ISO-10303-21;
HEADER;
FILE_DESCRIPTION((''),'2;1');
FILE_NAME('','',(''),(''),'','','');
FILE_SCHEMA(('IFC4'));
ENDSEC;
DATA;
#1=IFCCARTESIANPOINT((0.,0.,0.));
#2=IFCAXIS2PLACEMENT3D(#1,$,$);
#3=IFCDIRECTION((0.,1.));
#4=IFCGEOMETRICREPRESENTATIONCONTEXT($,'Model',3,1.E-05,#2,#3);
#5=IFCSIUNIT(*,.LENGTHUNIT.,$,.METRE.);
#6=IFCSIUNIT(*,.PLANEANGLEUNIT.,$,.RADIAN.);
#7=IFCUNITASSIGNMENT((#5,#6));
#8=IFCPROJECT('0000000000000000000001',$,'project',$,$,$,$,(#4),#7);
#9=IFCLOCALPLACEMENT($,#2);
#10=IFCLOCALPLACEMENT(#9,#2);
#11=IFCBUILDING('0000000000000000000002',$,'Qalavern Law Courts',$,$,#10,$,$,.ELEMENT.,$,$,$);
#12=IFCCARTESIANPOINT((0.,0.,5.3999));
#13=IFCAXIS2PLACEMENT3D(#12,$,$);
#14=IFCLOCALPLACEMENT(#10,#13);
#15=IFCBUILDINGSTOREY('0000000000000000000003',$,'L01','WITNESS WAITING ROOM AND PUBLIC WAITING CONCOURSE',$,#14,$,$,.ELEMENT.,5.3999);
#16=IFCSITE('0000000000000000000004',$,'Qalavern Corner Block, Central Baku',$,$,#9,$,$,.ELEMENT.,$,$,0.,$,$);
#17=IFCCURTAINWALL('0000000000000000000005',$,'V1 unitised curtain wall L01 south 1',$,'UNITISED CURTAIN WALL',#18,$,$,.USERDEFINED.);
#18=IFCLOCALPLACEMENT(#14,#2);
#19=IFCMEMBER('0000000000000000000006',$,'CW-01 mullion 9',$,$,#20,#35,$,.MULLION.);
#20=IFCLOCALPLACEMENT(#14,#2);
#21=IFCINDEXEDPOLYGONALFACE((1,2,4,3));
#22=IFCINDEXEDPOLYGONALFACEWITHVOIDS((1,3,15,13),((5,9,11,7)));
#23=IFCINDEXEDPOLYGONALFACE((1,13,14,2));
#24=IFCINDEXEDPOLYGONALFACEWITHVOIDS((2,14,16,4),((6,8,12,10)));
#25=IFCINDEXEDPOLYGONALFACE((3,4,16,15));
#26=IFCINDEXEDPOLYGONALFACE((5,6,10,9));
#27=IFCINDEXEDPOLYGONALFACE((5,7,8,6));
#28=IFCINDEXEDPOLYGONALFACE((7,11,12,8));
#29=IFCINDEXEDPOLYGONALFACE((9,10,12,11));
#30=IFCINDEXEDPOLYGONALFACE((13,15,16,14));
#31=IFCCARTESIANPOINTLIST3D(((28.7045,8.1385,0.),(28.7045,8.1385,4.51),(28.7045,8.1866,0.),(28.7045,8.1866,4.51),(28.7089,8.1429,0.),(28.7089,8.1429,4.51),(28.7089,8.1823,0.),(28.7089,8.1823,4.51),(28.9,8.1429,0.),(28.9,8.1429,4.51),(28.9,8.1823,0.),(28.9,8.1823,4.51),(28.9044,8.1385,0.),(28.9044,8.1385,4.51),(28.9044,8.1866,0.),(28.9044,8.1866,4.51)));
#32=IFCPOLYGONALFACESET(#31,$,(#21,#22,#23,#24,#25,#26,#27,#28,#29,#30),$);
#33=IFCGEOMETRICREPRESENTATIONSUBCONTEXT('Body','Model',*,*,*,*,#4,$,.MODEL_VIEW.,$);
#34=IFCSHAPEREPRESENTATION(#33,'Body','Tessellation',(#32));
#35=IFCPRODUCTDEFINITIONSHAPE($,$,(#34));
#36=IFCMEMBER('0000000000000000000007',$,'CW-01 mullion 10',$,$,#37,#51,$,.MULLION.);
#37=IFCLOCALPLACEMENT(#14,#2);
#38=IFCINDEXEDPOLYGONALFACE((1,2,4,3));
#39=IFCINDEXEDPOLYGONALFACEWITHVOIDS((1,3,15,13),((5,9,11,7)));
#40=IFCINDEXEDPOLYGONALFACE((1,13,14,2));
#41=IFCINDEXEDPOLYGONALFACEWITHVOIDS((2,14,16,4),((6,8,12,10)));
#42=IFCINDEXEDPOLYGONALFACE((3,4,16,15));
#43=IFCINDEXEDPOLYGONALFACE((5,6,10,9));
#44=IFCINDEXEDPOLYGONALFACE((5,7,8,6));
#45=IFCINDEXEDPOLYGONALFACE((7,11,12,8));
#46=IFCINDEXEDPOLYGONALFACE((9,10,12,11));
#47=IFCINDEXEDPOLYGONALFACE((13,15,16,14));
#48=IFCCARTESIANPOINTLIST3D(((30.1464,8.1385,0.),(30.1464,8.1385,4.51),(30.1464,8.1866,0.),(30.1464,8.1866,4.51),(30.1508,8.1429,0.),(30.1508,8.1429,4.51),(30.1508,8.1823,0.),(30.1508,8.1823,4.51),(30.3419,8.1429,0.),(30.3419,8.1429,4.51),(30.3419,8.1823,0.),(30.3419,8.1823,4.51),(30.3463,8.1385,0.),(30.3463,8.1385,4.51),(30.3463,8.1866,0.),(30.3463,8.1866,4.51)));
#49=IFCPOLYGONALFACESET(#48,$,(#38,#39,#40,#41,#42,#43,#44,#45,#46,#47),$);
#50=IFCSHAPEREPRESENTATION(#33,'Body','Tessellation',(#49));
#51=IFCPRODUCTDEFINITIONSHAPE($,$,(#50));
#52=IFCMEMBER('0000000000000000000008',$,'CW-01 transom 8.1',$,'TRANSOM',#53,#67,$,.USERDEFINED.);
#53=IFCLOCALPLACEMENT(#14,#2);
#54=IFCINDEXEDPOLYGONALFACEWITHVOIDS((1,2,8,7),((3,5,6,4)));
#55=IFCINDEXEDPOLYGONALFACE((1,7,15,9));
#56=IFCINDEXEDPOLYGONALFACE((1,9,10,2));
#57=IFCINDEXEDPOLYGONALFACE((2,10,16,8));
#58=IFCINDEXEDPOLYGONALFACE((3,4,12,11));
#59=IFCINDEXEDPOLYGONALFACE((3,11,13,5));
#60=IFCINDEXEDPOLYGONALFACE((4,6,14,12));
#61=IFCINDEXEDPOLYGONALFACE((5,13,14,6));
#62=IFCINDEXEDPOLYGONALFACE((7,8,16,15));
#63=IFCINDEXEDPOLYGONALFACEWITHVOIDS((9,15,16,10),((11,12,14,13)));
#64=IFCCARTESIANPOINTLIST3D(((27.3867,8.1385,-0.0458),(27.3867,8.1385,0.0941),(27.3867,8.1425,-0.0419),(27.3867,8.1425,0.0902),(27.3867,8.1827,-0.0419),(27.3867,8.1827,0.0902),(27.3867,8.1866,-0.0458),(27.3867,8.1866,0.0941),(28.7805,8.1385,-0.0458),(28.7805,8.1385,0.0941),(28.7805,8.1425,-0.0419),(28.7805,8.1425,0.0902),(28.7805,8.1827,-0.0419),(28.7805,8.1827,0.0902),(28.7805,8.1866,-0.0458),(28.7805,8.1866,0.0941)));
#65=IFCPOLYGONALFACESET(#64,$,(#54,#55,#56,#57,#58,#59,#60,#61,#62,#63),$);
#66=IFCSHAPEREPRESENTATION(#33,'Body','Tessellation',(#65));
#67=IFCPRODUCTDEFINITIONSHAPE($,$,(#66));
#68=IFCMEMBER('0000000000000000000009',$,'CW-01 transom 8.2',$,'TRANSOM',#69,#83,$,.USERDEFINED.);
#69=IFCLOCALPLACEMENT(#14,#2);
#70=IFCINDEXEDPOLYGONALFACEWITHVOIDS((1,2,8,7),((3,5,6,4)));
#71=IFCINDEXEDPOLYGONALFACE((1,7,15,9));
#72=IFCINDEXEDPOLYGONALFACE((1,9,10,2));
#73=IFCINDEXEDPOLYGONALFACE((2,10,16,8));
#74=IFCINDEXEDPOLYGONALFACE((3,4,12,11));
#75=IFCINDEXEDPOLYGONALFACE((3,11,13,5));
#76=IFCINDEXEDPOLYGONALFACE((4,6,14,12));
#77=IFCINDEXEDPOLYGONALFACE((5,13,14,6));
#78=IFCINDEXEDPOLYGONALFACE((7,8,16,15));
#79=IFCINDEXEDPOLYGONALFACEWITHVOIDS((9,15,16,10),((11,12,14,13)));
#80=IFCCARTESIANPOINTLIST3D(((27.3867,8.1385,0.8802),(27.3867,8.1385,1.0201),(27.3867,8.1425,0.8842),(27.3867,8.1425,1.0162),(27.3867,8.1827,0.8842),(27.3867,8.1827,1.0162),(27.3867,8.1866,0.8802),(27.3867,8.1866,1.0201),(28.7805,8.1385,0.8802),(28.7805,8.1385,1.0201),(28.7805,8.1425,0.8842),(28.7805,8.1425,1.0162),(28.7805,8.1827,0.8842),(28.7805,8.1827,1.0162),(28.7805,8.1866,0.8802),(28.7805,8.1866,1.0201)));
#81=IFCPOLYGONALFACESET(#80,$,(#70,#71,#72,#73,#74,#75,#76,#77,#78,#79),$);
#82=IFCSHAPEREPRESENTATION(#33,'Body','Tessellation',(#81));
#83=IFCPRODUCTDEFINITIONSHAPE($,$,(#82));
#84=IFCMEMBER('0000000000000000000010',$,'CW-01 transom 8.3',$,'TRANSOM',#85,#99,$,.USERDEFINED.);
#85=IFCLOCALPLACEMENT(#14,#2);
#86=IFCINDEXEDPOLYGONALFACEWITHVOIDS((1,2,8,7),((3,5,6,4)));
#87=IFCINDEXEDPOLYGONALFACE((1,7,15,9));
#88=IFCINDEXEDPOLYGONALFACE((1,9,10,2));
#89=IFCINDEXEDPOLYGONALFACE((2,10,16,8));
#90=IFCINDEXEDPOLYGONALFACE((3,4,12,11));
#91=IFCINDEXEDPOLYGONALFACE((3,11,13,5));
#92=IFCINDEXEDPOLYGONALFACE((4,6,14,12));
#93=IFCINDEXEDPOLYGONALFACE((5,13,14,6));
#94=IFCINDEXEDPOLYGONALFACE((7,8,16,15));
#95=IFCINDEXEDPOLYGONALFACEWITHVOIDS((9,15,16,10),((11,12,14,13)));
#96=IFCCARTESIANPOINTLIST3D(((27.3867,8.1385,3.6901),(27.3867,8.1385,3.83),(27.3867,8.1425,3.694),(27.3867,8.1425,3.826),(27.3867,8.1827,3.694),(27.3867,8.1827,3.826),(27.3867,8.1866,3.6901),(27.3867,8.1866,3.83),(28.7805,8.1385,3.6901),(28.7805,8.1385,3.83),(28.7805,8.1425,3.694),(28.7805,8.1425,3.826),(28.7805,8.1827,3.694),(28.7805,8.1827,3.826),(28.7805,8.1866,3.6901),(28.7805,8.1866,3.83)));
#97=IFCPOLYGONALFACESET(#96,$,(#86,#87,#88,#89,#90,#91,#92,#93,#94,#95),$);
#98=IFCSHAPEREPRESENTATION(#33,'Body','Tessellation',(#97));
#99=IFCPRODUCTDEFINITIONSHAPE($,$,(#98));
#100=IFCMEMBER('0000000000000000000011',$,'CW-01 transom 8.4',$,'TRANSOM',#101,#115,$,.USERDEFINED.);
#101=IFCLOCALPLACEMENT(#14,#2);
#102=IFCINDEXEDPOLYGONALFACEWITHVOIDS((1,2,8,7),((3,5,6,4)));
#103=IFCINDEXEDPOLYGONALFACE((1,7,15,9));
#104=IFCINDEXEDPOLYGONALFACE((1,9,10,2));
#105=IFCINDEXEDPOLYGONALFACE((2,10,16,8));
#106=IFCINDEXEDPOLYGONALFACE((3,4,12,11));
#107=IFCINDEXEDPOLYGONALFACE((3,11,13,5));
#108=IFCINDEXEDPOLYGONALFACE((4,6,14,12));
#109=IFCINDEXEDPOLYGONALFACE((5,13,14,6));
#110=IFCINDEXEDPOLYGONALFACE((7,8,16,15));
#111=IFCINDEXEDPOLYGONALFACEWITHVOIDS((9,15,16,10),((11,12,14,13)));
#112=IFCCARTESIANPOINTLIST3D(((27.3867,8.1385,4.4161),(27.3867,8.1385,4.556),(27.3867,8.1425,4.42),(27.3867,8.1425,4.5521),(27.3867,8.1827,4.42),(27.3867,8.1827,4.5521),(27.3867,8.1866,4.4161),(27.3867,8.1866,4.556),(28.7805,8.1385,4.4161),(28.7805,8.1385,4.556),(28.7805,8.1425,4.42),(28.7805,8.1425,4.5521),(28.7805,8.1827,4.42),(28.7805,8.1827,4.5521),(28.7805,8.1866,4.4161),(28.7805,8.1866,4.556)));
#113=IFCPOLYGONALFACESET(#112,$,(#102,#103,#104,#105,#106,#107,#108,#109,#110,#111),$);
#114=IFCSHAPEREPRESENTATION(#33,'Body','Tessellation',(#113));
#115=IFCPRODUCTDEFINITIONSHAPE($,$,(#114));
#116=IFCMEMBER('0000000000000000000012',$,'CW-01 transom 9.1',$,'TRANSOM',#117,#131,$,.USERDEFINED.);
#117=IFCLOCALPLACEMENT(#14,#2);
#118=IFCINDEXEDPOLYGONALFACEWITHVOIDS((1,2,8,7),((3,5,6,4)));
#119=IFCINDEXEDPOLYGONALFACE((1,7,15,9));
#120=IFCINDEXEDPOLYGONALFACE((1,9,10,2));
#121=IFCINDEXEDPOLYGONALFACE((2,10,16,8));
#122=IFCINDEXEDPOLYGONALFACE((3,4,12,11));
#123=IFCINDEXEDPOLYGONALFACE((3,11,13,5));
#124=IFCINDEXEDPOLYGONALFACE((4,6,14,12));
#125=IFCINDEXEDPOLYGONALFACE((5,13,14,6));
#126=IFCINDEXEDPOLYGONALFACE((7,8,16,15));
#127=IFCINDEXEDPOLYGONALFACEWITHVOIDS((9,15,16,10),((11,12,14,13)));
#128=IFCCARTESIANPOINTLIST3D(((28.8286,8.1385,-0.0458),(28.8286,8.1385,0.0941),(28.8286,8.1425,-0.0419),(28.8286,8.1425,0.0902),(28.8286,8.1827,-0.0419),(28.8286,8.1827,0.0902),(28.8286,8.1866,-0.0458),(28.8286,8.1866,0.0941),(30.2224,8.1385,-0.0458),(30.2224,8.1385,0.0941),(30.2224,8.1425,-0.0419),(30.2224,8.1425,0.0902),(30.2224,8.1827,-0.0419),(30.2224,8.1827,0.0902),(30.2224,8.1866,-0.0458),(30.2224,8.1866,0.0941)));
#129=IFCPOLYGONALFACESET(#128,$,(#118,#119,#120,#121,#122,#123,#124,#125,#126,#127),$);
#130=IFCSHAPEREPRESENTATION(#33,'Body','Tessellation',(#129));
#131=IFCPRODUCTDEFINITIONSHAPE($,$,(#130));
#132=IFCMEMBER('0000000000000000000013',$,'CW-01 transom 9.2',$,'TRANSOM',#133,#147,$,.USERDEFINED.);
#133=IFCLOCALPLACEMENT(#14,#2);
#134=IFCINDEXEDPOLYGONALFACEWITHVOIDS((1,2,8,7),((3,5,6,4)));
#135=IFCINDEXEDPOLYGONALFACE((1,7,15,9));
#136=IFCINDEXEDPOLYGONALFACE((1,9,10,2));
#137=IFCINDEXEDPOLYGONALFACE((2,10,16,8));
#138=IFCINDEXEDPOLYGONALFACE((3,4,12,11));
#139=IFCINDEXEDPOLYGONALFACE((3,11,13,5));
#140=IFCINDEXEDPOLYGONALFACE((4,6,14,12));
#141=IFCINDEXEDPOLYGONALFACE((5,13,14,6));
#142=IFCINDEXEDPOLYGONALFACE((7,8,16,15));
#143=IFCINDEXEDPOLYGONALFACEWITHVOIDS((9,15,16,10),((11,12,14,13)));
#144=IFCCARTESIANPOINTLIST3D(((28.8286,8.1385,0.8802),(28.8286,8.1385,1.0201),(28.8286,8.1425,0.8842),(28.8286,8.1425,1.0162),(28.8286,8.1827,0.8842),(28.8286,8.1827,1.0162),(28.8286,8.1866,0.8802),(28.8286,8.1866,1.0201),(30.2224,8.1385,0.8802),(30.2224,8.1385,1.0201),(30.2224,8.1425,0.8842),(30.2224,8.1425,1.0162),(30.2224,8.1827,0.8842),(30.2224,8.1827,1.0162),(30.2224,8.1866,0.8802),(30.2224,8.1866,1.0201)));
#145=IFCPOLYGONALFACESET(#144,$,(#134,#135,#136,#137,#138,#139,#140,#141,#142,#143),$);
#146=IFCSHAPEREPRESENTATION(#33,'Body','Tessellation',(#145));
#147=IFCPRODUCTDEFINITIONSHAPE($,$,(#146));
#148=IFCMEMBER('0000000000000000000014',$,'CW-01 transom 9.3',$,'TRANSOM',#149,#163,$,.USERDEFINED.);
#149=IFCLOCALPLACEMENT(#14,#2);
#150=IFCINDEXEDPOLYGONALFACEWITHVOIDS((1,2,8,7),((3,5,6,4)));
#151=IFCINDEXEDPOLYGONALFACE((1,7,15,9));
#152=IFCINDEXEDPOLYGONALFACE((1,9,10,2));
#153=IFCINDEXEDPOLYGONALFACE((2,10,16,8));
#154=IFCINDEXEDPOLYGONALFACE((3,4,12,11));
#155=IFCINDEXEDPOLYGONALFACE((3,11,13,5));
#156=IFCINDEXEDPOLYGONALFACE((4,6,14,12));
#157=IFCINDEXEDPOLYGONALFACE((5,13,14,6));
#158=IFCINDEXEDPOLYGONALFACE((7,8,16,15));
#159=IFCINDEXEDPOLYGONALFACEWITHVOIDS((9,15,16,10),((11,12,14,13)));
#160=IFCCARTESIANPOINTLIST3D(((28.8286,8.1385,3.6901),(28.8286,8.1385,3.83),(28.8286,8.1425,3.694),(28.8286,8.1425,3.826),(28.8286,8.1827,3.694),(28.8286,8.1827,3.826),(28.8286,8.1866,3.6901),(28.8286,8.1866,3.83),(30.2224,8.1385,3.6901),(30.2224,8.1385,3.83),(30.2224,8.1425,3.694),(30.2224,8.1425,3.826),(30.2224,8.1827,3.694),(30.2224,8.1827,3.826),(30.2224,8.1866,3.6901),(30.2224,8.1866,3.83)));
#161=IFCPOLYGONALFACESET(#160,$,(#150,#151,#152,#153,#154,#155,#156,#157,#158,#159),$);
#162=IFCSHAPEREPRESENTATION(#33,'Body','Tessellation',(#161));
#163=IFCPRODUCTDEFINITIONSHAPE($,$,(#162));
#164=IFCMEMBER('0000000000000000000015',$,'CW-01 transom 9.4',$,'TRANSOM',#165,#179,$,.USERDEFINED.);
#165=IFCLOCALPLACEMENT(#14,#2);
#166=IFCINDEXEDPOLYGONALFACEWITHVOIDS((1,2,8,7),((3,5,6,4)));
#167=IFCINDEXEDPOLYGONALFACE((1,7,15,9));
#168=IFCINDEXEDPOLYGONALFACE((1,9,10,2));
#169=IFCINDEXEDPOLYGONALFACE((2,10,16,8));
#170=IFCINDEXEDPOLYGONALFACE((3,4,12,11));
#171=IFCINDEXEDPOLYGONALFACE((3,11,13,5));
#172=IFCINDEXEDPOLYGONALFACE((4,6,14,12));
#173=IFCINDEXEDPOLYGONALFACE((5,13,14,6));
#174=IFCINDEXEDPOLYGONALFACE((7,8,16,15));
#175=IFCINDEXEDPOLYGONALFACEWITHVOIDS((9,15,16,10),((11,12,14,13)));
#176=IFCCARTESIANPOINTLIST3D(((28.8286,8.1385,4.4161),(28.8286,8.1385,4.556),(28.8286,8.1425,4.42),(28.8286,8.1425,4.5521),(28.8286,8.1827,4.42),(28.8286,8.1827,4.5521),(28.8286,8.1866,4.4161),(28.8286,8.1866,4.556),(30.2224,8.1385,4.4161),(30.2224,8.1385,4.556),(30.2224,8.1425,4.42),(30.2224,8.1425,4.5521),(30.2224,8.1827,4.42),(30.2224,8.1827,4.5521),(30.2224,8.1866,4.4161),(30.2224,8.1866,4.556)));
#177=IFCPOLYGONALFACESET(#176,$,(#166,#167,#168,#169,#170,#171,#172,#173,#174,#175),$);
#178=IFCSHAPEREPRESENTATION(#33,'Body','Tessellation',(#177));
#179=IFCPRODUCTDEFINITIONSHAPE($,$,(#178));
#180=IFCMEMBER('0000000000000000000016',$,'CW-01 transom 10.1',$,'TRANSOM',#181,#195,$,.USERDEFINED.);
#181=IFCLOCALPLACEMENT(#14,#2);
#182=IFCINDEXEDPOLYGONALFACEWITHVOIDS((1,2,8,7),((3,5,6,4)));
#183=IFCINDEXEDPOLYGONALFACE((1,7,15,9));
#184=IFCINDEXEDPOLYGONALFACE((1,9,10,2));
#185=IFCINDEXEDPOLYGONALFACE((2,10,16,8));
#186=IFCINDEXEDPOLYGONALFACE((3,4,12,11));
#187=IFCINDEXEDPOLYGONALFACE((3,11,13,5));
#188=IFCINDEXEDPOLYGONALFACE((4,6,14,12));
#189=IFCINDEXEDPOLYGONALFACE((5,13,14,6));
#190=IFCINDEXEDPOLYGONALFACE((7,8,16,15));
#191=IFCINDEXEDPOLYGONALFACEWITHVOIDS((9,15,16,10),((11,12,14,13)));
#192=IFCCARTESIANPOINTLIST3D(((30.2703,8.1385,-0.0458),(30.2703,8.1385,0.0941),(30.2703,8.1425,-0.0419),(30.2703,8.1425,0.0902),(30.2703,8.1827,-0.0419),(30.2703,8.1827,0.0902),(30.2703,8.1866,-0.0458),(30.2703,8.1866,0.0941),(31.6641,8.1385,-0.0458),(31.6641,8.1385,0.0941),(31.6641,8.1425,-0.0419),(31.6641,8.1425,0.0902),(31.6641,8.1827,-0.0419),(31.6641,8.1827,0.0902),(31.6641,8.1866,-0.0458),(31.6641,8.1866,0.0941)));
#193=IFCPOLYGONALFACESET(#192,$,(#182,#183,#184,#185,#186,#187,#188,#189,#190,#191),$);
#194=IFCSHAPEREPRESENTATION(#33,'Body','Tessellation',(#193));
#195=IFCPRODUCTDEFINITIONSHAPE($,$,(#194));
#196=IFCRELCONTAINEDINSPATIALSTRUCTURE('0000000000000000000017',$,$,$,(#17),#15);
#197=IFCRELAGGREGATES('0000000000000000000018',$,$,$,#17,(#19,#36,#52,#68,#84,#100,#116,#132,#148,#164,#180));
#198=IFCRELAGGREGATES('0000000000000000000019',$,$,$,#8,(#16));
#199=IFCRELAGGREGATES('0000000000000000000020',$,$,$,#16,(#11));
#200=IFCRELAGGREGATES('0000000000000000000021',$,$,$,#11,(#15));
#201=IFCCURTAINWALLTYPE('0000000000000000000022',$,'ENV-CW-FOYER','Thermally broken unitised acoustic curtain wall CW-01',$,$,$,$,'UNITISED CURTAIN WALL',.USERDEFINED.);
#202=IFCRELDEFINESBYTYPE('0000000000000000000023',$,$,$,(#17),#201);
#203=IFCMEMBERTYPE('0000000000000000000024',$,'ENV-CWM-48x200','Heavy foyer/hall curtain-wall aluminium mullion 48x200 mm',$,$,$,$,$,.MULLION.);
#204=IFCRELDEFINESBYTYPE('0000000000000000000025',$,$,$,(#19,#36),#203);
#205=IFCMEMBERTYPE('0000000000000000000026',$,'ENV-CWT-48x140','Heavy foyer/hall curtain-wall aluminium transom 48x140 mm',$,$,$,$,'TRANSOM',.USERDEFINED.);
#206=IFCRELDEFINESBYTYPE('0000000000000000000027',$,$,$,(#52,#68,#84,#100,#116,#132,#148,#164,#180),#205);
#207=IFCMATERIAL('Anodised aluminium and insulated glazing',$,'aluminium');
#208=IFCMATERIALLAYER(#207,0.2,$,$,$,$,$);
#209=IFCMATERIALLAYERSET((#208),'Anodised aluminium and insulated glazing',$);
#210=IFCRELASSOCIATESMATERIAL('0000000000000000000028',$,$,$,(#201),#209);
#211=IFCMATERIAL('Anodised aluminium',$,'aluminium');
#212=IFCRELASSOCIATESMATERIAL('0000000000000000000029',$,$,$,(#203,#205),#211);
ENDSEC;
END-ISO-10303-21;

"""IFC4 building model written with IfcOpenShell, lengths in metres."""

from ifc_helpers import new_model, si_unit, direction, frame, origin, origin_2d, place, context, subcontext, project, spatial, hollow_rectangle, extrude, material, layer, layer_set, material_profile, profile_set, type_object, element, aggregate, save


model = new_model("IFC4")

# Units and contexts
model_context = context("Model", 3, precision=1e-05, world=origin(), true_north=direction((0.0, 1.0)))
body_context = subcontext(model_context, "Body", "Model", "MODEL_VIEW")
ifc_project = project(units=[si_unit("LENGTHUNIT", "METRE"), si_unit("PLANEANGLEUNIT", "RADIAN")], contexts=[model_context])

# Site, building, storey
site_placement = place(None, origin())
site = spatial("IfcSite", under=ifc_project, at=site_placement, Name="Qalavern Corner Block, Central Baku", CompositionType="ELEMENT", RefElevation=0.0)
building_placement = place(site_placement, origin())
building = spatial("IfcBuilding", under=site, at=building_placement, Name="Qalavern Law Courts", CompositionType="ELEMENT")
storey_placement = place(building_placement, frame((0.0, 0.0, 5.3999)))
storey = spatial("IfcBuildingStorey", under=building, at=storey_placement, Name="L01", Description="WITNESS WAITING ROOM AND PUBLIC WAITING CONCOURSE", CompositionType="ELEMENT", Elevation=5.3999)

# Curtain wall, members
ifc_material_1 = material(Name="Anodised aluminium and insulated glazing", Category="aluminium")
ifc_layer_1 = layer(ifc_material_1, 0.2)
ifc_layer_set_1 = layer_set([ifc_layer_1], Name="Anodised aluminium and insulated glazing")
curtain_wall_type = type_object("IfcCurtainWallType", Name="ENV-CW-FOYER", Description="Thermally broken unitised acoustic curtain wall CW-01", ElementType="UNITISED CURTAIN WALL", PredefinedType="USERDEFINED", material=ifc_layer_set_1)
curtain_wall_placement = place(storey_placement, origin())
curtain_wall = element("IfcCurtainWall", 1, at=curtain_wall_placement, inside=storey, type_object=curtain_wall_type, Name="V1 unitised curtain wall L01 south 1", ObjectType="UNITISED CURTAIN WALL", PredefinedType="USERDEFINED")
ifc_material_2 = material(Name="Anodised aluminium", Category="aluminium")
ifc_material_profile_1 = material_profile(ifc_material_2, hollow_rectangle(XDim=0.0481, YDim=0.2, WallThickness=0.0044, at=origin_2d()), Name="ALU MULLION 48x200")
ifc_profile_set_1 = profile_set([ifc_material_profile_1], Name="Anodised aluminium")
member_type_1 = type_object("IfcMemberType", Name="ENV-CWM-48x200", Description="Heavy foyer/hall curtain-wall aluminium mullion 48x200 mm", PredefinedType="MULLION", material=ifc_profile_set_1)
member_1_placement = place(storey_placement, frame((28.8044, 8.1626, 0.0), z_axis=(0.0, 0.0, 1.0), x_axis=(0.0, 1.0, 0.0)))
member_1 = element("IfcMember", 2, at=member_1_placement, type_object=member_type_1, Name="CW-01 mullion 9", PredefinedType="MULLION", context=body_context, shape_type="SweptSolid", body=[
    extrude(hollow_rectangle(XDim=0.0481, YDim=0.2, WallThickness=0.0044, at=origin_2d()), origin(), (0.0, 0.0, 1.0), 4.51),
])
member_2_placement = place(storey_placement, frame((30.2463, 8.1626, 0.0), z_axis=(0.0, 0.0, 1.0), x_axis=(0.0, 1.0, 0.0)))
member_2 = element("IfcMember", 3, at=member_2_placement, type_object=member_type_1, Name="CW-01 mullion 10", PredefinedType="MULLION", context=body_context, shape_type="SweptSolid", body=[
    extrude(hollow_rectangle(XDim=0.0481, YDim=0.2, WallThickness=0.0044, at=origin_2d()), origin(), (0.0, 0.0, 1.0), 4.51),
])
ifc_material_profile_2 = material_profile(ifc_material_2, hollow_rectangle(XDim=0.0481, YDim=0.1399, WallThickness=0.0039, at=origin_2d()), Name="ALU TRANSOM 48x140")
ifc_profile_set_2 = profile_set([ifc_material_profile_2], Name="Anodised aluminium")
member_type_2 = type_object("IfcMemberType", Name="ENV-CWT-48x140", Description="Heavy foyer/hall curtain-wall aluminium transom 48x140 mm", ElementType="TRANSOM", PredefinedType="USERDEFINED", material=ifc_profile_set_2)
member_3_placement = place(storey_placement, frame((27.3867, 8.1626, 0.0242), z_axis=(1.0, 0.0, 0.0), x_axis=(0.0, 1.0, 0.0)))
member_3 = element("IfcMember", 4, at=member_3_placement, type_object=member_type_2, Name="CW-01 transom 8.1", ObjectType="TRANSOM", PredefinedType="USERDEFINED", context=body_context, shape_type="SweptSolid", body=[
    extrude(hollow_rectangle(XDim=0.0481, YDim=0.1399, WallThickness=0.0039, at=origin_2d()), origin(), (0.0, 0.0, 1.0), 1.3938),
])
member_4_placement = place(storey_placement, frame((27.3867, 8.1626, 0.9502), z_axis=(1.0, 0.0, 0.0), x_axis=(0.0, 1.0, 0.0)))
member_4 = element("IfcMember", 5, at=member_4_placement, type_object=member_type_2, Name="CW-01 transom 8.2", ObjectType="TRANSOM", PredefinedType="USERDEFINED", context=body_context, shape_type="SweptSolid", body=[
    extrude(hollow_rectangle(XDim=0.0481, YDim=0.1399, WallThickness=0.0039, at=origin_2d()), origin(), (0.0, 0.0, 1.0), 1.3938),
])
member_5_placement = place(storey_placement, frame((27.3867, 8.1626, 3.76), z_axis=(1.0, 0.0, 0.0), x_axis=(0.0, 1.0, 0.0)))
member_5 = element("IfcMember", 6, at=member_5_placement, type_object=member_type_2, Name="CW-01 transom 8.3", ObjectType="TRANSOM", PredefinedType="USERDEFINED", context=body_context, shape_type="SweptSolid", body=[
    extrude(hollow_rectangle(XDim=0.0481, YDim=0.1399, WallThickness=0.0039, at=origin_2d()), origin(), (0.0, 0.0, 1.0), 1.3938),
])
member_6_placement = place(storey_placement, frame((27.3867, 8.1626, 4.4861), z_axis=(1.0, 0.0, 0.0), x_axis=(0.0, 1.0, 0.0)))
member_6 = element("IfcMember", 7, at=member_6_placement, type_object=member_type_2, Name="CW-01 transom 8.4", ObjectType="TRANSOM", PredefinedType="USERDEFINED", context=body_context, shape_type="SweptSolid", body=[
    extrude(hollow_rectangle(XDim=0.0481, YDim=0.1399, WallThickness=0.0039, at=origin_2d()), origin(), (0.0, 0.0, 1.0), 1.3938),
])
member_7_placement = place(storey_placement, frame((28.8286, 8.1626, 0.0242), z_axis=(1.0, 0.0, 0.0), x_axis=(0.0, 1.0, 0.0)))
member_7 = element("IfcMember", 8, at=member_7_placement, type_object=member_type_2, Name="CW-01 transom 9.1", ObjectType="TRANSOM", PredefinedType="USERDEFINED", context=body_context, shape_type="SweptSolid", body=[
    extrude(hollow_rectangle(XDim=0.0481, YDim=0.1399, WallThickness=0.0039, at=origin_2d()), origin(), (0.0, 0.0, 1.0), 1.3938),
])
member_8_placement = place(storey_placement, frame((28.8286, 8.1626, 0.9502), z_axis=(1.0, 0.0, 0.0), x_axis=(0.0, 1.0, 0.0)))
member_8 = element("IfcMember", 9, at=member_8_placement, type_object=member_type_2, Name="CW-01 transom 9.2", ObjectType="TRANSOM", PredefinedType="USERDEFINED", context=body_context, shape_type="SweptSolid", body=[
    extrude(hollow_rectangle(XDim=0.0481, YDim=0.1399, WallThickness=0.0039, at=origin_2d()), origin(), (0.0, 0.0, 1.0), 1.3938),
])
member_9_placement = place(storey_placement, frame((28.8286, 8.1626, 3.76), z_axis=(1.0, 0.0, 0.0), x_axis=(0.0, 1.0, 0.0)))
member_9 = element("IfcMember", 10, at=member_9_placement, type_object=member_type_2, Name="CW-01 transom 9.3", ObjectType="TRANSOM", PredefinedType="USERDEFINED", context=body_context, shape_type="SweptSolid", body=[
    extrude(hollow_rectangle(XDim=0.0481, YDim=0.1399, WallThickness=0.0039, at=origin_2d()), origin(), (0.0, 0.0, 1.0), 1.3938),
])
member_10_placement = place(storey_placement, frame((28.8286, 8.1626, 4.4861), z_axis=(1.0, 0.0, 0.0), x_axis=(0.0, 1.0, 0.0)))
member_10 = element("IfcMember", 11, at=member_10_placement, type_object=member_type_2, Name="CW-01 transom 9.4", ObjectType="TRANSOM", PredefinedType="USERDEFINED", context=body_context, shape_type="SweptSolid", body=[
    extrude(hollow_rectangle(XDim=0.0481, YDim=0.1399, WallThickness=0.0039, at=origin_2d()), origin(), (0.0, 0.0, 1.0), 1.3938),
])
member_11_placement = place(storey_placement, frame((30.2703, 8.1626, 0.0242), z_axis=(1.0, 0.0, 0.0), x_axis=(0.0, 1.0, 0.0)))
member_11 = element("IfcMember", 12, at=member_11_placement, type_object=member_type_2, Name="CW-01 transom 10.1", ObjectType="TRANSOM", PredefinedType="USERDEFINED", context=body_context, shape_type="SweptSolid", body=[
    extrude(hollow_rectangle(XDim=0.0481, YDim=0.1399, WallThickness=0.0039, at=origin_2d()), origin(), (0.0, 0.0, 1.0), 1.3938),
])
aggregate(curtain_wall, [member_1, member_2, member_3, member_4, member_5, member_6, member_7, member_8, member_9, member_10, member_11])

save(model, "model.ifc")
